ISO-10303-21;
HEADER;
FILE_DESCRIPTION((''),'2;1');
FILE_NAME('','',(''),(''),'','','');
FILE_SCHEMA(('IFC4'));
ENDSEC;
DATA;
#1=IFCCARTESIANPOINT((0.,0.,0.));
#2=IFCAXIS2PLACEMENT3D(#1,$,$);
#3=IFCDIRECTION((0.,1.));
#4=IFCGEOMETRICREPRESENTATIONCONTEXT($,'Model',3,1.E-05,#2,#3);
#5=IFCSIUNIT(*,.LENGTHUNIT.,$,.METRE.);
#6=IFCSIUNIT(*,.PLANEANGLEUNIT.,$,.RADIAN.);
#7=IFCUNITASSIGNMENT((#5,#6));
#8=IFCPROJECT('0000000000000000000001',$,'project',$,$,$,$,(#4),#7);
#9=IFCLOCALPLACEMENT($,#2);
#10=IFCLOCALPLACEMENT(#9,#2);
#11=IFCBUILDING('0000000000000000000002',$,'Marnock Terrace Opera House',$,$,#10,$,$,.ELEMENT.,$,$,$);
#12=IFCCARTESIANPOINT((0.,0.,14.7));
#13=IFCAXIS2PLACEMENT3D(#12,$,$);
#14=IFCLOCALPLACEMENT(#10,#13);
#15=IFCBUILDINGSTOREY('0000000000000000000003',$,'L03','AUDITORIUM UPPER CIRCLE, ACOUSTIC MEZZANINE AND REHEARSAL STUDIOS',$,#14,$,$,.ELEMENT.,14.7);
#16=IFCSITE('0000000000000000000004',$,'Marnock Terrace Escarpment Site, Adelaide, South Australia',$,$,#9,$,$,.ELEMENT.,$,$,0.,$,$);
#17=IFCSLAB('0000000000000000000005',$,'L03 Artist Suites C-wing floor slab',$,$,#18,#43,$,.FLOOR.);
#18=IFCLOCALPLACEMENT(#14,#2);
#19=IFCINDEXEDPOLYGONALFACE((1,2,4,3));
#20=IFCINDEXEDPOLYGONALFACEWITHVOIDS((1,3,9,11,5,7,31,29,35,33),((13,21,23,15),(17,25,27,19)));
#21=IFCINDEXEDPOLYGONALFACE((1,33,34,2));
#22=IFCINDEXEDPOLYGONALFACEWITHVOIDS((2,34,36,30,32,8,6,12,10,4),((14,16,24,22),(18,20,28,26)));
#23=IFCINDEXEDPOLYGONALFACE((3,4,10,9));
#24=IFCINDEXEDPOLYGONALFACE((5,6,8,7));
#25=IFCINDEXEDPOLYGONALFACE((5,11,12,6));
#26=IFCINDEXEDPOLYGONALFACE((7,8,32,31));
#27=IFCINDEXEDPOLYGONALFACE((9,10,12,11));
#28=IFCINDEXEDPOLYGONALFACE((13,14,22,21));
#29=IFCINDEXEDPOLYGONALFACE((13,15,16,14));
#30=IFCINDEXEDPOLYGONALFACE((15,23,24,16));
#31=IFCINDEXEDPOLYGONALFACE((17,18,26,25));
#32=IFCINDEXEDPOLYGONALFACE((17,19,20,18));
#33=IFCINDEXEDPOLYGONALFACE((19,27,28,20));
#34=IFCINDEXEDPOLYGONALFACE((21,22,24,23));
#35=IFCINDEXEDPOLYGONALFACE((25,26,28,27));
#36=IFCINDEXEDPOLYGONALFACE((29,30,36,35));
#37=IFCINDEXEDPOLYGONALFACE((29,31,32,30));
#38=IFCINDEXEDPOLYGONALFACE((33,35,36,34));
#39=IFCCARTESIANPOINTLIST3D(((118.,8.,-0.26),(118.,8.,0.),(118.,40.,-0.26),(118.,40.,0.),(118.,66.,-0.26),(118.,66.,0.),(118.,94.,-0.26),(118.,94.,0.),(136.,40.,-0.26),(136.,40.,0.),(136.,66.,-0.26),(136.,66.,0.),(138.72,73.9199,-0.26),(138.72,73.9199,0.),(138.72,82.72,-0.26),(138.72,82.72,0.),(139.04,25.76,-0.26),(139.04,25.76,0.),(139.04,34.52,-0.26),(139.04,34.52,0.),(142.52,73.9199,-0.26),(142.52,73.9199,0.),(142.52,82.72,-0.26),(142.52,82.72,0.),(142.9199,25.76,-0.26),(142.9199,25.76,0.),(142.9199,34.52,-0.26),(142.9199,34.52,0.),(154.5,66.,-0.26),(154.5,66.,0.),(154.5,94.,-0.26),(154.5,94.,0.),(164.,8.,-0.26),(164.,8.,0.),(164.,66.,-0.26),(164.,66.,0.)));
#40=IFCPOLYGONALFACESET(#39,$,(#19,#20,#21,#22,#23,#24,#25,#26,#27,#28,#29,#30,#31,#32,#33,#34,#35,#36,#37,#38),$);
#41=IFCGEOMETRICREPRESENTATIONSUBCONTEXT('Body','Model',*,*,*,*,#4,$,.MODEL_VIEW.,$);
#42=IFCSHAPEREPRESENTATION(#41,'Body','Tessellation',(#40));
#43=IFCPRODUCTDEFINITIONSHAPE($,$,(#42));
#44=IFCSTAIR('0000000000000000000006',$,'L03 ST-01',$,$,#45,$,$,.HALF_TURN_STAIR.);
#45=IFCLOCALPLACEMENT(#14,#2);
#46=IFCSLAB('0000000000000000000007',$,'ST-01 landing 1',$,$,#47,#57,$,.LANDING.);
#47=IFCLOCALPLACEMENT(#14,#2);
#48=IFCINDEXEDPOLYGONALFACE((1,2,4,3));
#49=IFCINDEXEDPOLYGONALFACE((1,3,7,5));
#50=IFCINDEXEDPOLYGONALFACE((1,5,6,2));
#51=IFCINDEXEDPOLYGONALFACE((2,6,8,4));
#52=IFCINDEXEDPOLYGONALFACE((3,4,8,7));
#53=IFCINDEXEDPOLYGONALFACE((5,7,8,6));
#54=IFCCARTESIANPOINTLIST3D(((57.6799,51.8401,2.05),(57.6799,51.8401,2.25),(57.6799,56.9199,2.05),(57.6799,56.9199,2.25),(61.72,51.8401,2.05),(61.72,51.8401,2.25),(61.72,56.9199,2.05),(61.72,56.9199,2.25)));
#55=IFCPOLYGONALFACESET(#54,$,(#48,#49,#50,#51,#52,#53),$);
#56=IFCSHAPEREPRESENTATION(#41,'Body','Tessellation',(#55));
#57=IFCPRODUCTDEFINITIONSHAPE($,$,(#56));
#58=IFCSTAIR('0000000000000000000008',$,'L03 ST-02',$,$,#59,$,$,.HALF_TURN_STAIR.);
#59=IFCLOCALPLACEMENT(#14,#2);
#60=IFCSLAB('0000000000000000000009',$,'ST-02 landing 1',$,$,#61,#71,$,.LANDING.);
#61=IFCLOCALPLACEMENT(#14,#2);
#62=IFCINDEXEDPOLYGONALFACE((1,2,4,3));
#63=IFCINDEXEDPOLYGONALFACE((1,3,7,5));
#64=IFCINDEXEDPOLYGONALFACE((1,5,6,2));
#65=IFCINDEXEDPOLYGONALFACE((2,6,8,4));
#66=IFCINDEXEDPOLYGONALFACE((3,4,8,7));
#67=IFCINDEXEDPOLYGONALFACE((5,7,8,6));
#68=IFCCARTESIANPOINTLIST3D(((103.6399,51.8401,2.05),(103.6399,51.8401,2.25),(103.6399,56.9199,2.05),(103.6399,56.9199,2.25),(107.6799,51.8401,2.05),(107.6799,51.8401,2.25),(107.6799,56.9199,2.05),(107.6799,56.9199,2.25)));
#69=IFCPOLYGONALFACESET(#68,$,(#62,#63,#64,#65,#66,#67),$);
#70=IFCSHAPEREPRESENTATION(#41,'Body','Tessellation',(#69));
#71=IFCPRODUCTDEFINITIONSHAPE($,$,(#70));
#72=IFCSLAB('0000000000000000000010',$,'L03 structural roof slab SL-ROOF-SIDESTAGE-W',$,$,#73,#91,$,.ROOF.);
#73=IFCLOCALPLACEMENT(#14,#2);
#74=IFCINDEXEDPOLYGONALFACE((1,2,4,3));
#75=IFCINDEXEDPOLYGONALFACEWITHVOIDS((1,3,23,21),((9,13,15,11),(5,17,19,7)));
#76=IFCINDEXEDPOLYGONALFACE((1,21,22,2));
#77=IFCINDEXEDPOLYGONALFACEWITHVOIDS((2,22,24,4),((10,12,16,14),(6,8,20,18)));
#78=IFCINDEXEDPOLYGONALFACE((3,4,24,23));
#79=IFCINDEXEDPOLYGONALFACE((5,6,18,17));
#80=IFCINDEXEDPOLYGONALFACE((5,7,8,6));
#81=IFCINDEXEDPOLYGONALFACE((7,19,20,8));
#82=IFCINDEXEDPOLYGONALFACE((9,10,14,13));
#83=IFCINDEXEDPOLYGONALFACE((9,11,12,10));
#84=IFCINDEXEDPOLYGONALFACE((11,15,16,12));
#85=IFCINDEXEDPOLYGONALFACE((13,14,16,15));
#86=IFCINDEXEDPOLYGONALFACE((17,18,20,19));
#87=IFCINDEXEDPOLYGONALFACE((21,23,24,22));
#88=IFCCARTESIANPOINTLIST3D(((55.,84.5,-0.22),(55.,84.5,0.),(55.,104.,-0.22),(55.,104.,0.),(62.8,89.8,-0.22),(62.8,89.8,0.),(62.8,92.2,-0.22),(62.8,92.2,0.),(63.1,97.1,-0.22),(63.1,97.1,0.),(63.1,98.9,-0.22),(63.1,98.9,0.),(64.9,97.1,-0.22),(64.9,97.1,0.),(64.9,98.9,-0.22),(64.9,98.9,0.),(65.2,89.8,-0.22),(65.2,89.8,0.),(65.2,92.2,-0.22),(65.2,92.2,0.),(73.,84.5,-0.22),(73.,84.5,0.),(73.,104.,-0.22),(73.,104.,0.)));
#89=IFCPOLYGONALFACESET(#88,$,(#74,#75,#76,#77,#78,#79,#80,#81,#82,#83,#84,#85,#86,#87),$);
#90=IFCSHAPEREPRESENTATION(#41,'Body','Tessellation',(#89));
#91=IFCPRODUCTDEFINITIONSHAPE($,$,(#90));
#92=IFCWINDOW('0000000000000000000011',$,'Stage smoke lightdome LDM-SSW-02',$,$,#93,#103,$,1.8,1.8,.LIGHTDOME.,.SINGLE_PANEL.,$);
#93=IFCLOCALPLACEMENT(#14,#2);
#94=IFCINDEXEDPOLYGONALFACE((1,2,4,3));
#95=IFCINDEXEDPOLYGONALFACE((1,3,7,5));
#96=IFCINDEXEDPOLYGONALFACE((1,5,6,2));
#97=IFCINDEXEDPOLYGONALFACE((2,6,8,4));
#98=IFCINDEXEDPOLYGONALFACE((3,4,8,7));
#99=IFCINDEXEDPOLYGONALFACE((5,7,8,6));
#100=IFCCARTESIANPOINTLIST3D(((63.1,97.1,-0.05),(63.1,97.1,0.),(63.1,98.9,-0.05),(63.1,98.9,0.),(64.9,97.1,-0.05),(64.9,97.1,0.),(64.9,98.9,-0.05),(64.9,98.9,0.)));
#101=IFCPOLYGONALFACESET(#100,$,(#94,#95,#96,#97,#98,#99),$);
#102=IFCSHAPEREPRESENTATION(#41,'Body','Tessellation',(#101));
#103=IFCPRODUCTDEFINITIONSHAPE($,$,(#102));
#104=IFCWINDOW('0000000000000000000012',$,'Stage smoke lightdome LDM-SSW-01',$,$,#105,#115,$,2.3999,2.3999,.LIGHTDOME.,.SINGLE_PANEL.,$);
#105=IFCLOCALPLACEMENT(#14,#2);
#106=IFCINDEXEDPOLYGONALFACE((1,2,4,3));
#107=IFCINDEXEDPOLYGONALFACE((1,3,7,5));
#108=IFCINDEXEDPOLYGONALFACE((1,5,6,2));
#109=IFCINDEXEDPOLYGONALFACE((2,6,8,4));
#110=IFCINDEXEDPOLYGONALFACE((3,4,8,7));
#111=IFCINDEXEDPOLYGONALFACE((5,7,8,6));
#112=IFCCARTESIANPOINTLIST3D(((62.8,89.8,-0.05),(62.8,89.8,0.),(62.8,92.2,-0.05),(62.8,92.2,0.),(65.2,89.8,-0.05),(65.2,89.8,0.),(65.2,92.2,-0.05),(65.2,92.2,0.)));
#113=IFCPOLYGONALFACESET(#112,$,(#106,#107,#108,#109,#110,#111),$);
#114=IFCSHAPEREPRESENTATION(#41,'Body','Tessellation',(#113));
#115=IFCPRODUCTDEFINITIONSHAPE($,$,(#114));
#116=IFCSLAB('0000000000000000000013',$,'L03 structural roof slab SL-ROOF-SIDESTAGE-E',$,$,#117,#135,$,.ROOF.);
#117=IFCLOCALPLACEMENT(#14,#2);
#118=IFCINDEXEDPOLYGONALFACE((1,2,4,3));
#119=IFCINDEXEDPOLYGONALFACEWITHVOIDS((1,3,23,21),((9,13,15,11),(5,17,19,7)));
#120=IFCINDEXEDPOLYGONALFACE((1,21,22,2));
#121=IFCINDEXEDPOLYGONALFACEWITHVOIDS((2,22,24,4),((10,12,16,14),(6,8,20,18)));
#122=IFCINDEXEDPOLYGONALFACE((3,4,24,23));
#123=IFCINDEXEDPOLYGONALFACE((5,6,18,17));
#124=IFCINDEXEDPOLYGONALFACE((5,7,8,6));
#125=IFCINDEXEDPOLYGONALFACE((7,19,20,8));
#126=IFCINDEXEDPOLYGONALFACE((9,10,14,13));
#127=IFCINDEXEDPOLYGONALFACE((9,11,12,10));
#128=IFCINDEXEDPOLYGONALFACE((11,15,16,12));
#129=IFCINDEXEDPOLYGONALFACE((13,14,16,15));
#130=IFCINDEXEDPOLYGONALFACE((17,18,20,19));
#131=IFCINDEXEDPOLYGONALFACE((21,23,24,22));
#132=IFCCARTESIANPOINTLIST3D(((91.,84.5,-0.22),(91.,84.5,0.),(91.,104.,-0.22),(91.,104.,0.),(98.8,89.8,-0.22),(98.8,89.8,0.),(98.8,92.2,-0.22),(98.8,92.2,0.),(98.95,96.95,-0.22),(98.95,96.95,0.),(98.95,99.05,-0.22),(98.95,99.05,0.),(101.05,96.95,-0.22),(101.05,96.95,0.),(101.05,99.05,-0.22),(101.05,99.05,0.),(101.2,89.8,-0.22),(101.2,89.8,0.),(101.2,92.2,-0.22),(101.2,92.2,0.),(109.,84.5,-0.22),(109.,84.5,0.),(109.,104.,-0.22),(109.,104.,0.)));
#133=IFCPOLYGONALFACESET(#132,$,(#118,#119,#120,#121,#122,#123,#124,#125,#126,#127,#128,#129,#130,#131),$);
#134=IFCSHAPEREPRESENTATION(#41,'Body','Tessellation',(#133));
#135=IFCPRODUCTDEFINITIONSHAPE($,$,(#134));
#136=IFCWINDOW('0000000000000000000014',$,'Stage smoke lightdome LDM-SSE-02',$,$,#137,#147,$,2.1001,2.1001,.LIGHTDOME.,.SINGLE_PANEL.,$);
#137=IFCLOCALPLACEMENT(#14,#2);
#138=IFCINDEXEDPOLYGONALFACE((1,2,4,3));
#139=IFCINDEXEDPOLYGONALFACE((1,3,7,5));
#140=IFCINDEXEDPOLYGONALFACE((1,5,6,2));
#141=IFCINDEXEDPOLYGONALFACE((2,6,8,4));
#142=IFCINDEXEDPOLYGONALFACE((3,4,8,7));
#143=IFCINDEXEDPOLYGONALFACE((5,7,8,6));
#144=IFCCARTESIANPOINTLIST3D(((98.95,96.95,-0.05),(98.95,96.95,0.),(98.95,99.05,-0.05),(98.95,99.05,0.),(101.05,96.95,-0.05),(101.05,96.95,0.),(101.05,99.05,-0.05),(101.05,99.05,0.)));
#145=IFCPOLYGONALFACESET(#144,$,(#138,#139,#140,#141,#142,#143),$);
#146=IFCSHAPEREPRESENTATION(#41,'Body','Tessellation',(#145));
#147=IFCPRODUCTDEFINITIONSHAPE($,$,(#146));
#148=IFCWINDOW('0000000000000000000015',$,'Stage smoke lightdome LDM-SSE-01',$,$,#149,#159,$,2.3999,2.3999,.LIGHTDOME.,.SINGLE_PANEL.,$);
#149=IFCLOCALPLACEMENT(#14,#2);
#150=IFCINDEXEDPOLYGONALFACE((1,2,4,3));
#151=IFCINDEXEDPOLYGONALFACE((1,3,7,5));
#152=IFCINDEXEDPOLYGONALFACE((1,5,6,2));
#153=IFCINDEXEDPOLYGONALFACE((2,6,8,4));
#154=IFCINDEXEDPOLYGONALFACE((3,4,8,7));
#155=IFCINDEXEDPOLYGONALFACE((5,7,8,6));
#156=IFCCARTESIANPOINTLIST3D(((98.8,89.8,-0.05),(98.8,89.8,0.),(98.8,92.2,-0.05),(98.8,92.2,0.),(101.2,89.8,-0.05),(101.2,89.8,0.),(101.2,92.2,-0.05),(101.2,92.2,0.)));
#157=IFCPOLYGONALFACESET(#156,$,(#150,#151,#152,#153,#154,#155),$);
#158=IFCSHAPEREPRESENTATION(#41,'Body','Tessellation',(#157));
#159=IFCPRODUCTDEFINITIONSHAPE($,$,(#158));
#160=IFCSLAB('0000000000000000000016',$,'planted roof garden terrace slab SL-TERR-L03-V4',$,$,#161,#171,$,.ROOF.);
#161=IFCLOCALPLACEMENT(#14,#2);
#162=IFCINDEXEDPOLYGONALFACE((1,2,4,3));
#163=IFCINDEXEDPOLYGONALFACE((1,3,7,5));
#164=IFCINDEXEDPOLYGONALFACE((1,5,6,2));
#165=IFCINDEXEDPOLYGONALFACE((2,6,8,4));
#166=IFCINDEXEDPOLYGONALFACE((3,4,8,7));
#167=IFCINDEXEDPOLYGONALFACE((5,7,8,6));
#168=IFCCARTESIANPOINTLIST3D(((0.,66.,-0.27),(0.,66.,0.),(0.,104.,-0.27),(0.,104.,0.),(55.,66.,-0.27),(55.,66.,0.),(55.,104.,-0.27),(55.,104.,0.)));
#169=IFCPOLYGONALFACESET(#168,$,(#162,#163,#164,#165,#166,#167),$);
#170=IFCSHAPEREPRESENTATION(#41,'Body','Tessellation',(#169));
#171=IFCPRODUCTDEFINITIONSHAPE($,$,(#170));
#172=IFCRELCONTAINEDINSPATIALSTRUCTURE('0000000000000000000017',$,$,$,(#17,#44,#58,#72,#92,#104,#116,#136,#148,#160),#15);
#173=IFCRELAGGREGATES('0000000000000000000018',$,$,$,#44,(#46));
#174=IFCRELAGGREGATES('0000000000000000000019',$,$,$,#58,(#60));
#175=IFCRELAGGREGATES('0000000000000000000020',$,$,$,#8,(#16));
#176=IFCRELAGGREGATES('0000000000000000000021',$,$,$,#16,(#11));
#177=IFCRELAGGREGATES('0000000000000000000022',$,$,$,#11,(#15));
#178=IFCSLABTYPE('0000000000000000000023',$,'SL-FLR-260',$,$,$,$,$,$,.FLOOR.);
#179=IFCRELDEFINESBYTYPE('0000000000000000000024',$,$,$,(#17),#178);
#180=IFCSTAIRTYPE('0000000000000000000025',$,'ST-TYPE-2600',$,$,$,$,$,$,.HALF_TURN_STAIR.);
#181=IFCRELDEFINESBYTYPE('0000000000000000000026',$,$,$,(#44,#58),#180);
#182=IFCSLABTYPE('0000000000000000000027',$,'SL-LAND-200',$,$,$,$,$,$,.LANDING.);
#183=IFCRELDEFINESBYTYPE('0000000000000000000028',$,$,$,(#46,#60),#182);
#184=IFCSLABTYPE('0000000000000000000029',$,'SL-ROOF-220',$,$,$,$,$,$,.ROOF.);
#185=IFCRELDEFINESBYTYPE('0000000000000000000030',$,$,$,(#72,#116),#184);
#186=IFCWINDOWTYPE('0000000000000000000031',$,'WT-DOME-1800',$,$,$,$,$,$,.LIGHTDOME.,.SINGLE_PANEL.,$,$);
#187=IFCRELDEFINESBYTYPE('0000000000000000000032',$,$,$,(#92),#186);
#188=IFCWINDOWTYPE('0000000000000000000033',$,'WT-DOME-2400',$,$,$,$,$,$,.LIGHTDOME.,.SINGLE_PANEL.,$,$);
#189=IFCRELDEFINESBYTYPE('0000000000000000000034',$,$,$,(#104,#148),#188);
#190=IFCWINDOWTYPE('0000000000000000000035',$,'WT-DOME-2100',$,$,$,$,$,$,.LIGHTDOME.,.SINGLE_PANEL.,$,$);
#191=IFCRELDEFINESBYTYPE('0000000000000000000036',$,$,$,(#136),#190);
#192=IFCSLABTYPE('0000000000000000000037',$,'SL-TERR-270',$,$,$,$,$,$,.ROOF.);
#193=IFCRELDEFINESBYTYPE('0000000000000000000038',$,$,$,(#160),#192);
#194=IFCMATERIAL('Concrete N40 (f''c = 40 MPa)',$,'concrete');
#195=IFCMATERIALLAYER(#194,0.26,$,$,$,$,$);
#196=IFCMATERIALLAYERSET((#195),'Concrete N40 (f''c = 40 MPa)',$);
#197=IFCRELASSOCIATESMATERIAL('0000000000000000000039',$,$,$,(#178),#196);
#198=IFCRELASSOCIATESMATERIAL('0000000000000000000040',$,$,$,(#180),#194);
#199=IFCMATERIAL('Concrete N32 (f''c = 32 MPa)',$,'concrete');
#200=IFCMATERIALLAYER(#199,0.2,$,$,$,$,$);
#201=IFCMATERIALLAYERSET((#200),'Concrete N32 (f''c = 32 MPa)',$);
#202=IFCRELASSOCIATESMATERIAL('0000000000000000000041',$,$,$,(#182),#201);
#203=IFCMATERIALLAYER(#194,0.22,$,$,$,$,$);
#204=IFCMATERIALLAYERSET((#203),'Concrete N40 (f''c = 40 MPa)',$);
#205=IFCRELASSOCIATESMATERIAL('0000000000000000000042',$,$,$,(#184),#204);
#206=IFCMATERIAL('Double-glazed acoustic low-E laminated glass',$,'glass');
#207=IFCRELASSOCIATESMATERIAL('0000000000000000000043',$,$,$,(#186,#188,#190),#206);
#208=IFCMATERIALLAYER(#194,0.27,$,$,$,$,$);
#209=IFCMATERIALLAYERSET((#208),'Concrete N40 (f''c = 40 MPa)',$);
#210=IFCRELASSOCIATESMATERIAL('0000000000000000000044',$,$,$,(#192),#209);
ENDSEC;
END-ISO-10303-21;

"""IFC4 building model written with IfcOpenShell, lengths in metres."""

from ifc_helpers import new_model, si_unit, direction, frame, origin, origin_2d, place, context, subcontext, project, spatial, polyline, rectangle, outline, extrude, material, layer, layer_set, type_object, element, fill, aggregate, save


model = new_model("IFC4")

# Units and contexts
model_context = context("Model", 3, precision=1e-05, world=origin(), true_north=direction((0.0, 1.0)))
body_context = subcontext(model_context, "Body", "Model", "MODEL_VIEW")
ifc_project = project(units=[si_unit("LENGTHUNIT", "METRE"), si_unit("PLANEANGLEUNIT", "RADIAN")], contexts=[model_context])

# Site, building, storey
site_placement = place(None, origin())
site = spatial("IfcSite", under=ifc_project, at=site_placement, Name="Marnock Terrace Escarpment Site, Adelaide, South Australia", CompositionType="ELEMENT", RefElevation=0.0)
building_placement = place(site_placement, origin())
building = spatial("IfcBuilding", under=site, at=building_placement, Name="Marnock Terrace Opera House", CompositionType="ELEMENT")
storey_placement = place(building_placement, frame((0.0, 0.0, 14.7)))
storey = spatial("IfcBuildingStorey", under=building, at=storey_placement, Name="L03", Description="AUDITORIUM UPPER CIRCLE, ACOUSTIC MEZZANINE AND REHEARSAL STUDIOS", CompositionType="ELEMENT", Elevation=14.7)

# Slab
ifc_material_1 = material(Name="Concrete N40 (f'c = 40 MPa)", Category="concrete")
ifc_layer_1 = layer(ifc_material_1, 0.26)
ifc_layer_set_1 = layer_set([ifc_layer_1], Name="Concrete N40 (f'c = 40 MPa)")
slab_type_1 = type_object("IfcSlabType", Name="SL-FLR-260", PredefinedType="FLOOR", material=ifc_layer_set_1)
slab_1_placement = place(storey_placement, frame((0.0, 0.0, -0.26)))
element("IfcSlab", 1, at=slab_1_placement, inside=storey, type_object=slab_type_1, Name="L03 Artist Suites C-wing floor slab", PredefinedType="FLOOR", context=body_context, shape_type="SweptSolid", body=[
    extrude(outline(polyline([(118.0, 8.0), (164.0, 8.0), (164.0, 66.0), (154.5, 66.0), (154.5, 94.0), (118.0, 94.0), (118.0, 66.0), (136.0, 66.0), (136.0, 40.0), (118.0, 40.0), (118.0, 8.0)]), holes=[polyline([(142.9199, 25.76), (142.9199, 34.52), (139.04, 34.52), (139.04, 25.76), (142.9199, 25.76)]), polyline([(142.52, 73.9199), (142.52, 82.72), (138.72, 82.72), (138.72, 73.9199), (142.52, 73.9199)])]), origin(), (0.0, 0.0, 1.0), 0.26),
])

# Stairs, slabs
stair_type = type_object("IfcStairType", Name="ST-TYPE-2600", PredefinedType="HALF_TURN_STAIR", material=ifc_material_1)
stair_1_placement = place(storey_placement, origin())
stair_1 = element("IfcStair", 2, at=stair_1_placement, inside=storey, type_object=stair_type, Name="L03 ST-01", PredefinedType="HALF_TURN_STAIR")
ifc_material_2 = material(Name="Concrete N32 (f'c = 32 MPa)", Category="concrete")
ifc_layer_2 = layer(ifc_material_2, 0.2)
ifc_layer_set_2 = layer_set([ifc_layer_2], Name="Concrete N32 (f'c = 32 MPa)")
slab_type_2 = type_object("IfcSlabType", Name="SL-LAND-200", PredefinedType="LANDING", material=ifc_layer_set_2)
slab_2_placement = place(storey_placement, frame((0.0, 0.0, 2.05)))
slab_2 = element("IfcSlab", 3, at=slab_2_placement, type_object=slab_type_2, Name="ST-01 landing 1", PredefinedType="LANDING", context=body_context, shape_type="SweptSolid", body=[
    extrude(outline(polyline([(61.72, 51.8401), (61.72, 56.9199), (57.6799, 56.9199), (57.6799, 51.8401), (61.72, 51.8401)])), origin(), (0.0, 0.0, 1.0), 0.2),
])
aggregate(stair_1, [slab_2])
stair_2_placement = place(storey_placement, origin())
stair_2 = element("IfcStair", 4, at=stair_2_placement, inside=storey, type_object=stair_type, Name="L03 ST-02", PredefinedType="HALF_TURN_STAIR")
slab_3_placement = place(storey_placement, frame((0.0, 0.0, 2.05)))
slab_3 = element("IfcSlab", 5, at=slab_3_placement, type_object=slab_type_2, Name="ST-02 landing 1", PredefinedType="LANDING", context=body_context, shape_type="SweptSolid", body=[
    extrude(outline(polyline([(107.6799, 51.8401), (107.6799, 56.9199), (103.6399, 56.9199), (103.6399, 51.8401), (107.6799, 51.8401)])), origin(), (0.0, 0.0, 1.0), 0.2),
])
aggregate(stair_2, [slab_3])

# Slabs, openings, windows
ifc_layer_3 = layer(ifc_material_1, 0.22)
ifc_layer_set_3 = layer_set([ifc_layer_3], Name="Concrete N40 (f'c = 40 MPa)")
slab_type_3 = type_object("IfcSlabType", Name="SL-ROOF-220", PredefinedType="ROOF", material=ifc_layer_set_3)
slab_4_placement = place(storey_placement, frame((0.0, 0.0, -0.22)))
slab_4 = element("IfcSlab", 6, at=slab_4_placement, inside=storey, type_object=slab_type_3, Name="L03 structural roof slab SL-ROOF-SIDESTAGE-W", PredefinedType="ROOF", context=body_context, shape_type="SweptSolid", body=[
    extrude(outline(polyline([(55.0, 84.5), (73.0, 84.5), (73.0, 104.0), (55.0, 104.0), (55.0, 84.5)])), origin(), (0.0, 0.0, 1.0), 0.22),
])
opening_1_placement = place(slab_4_placement, frame((64.0, 91.0, 0.0)))
opening_1 = element("IfcOpeningElement", 7, at=opening_1_placement, cuts=slab_4, PredefinedType="OPENING", context=body_context, shape_type="SweptSolid", body=[
    extrude(rectangle(XDim=2.3999, YDim=2.3999, at=origin_2d()), frame((0.0, 0.0, -0.01)), (0.0, 0.0, 1.0), 0.24),
])
opening_2_placement = place(slab_4_placement, frame((64.0, 98.0, 0.0)))
opening_2 = element("IfcOpeningElement", 8, at=opening_2_placement, cuts=slab_4, PredefinedType="OPENING", context=body_context, shape_type="SweptSolid", body=[
    extrude(rectangle(XDim=1.8, YDim=1.8, at=origin_2d()), frame((0.0, 0.0, -0.01)), (0.0, 0.0, 1.0), 0.24),
])
ifc_material_3 = material(Name="Double-glazed acoustic low-E laminated glass", Category="glass")
window_type_1 = type_object("IfcWindowType", Name="WT-DOME-1800", PartitioningType="SINGLE_PANEL", PredefinedType="LIGHTDOME", material=ifc_material_3)
window_1_placement = place(opening_2_placement, frame((0.0, 0.0, 0.1699)))
window_1 = element("IfcWindow", 9, at=window_1_placement, inside=storey, type_object=window_type_1, Name="Stage smoke lightdome LDM-SSW-02", OverallHeight=1.8, OverallWidth=1.8, PartitioningType="SINGLE_PANEL", PredefinedType="LIGHTDOME", context=body_context, shape_type="SweptSolid", body=[
    extrude(rectangle(XDim=1.8, YDim=1.8, at=origin_2d()), origin(), (0.0, 0.0, 1.0), 0.05),
])
fill(opening_2, window_1)
window_type_2 = type_object("IfcWindowType", Name="WT-DOME-2400", PartitioningType="SINGLE_PANEL", PredefinedType="LIGHTDOME", material=ifc_material_3)
window_2_placement = place(opening_1_placement, frame((0.0, 0.0, 0.1699)))
window_2 = element("IfcWindow", 10, at=window_2_placement, inside=storey, type_object=window_type_2, Name="Stage smoke lightdome LDM-SSW-01", OverallHeight=2.3999, OverallWidth=2.3999, PartitioningType="SINGLE_PANEL", PredefinedType="LIGHTDOME", context=body_context, shape_type="SweptSolid", body=[
    extrude(rectangle(XDim=2.3999, YDim=2.3999, at=origin_2d()), origin(), (0.0, 0.0, 1.0), 0.05),
])
fill(opening_1, window_2)
slab_5_placement = place(storey_placement, frame((0.0, 0.0, -0.22)))
slab_5 = element("IfcSlab", 11, at=slab_5_placement, inside=storey, type_object=slab_type_3, Name="L03 structural roof slab SL-ROOF-SIDESTAGE-E", PredefinedType="ROOF", context=body_context, shape_type="SweptSolid", body=[
    extrude(outline(polyline([(91.0, 84.5), (109.0, 84.5), (109.0, 104.0), (91.0, 104.0), (91.0, 84.5)])), origin(), (0.0, 0.0, 1.0), 0.22),
])
opening_3_placement = place(slab_5_placement, frame((100.0, 91.0, 0.0)))
opening_3 = element("IfcOpeningElement", 12, at=opening_3_placement, cuts=slab_5, PredefinedType="OPENING", context=body_context, shape_type="SweptSolid", body=[
    extrude(rectangle(XDim=2.3999, YDim=2.3999, at=origin_2d()), frame((0.0, 0.0, -0.01)), (0.0, 0.0, 1.0), 0.24),
])
opening_4_placement = place(slab_5_placement, frame((100.0, 98.0, 0.0)))
opening_4 = element("IfcOpeningElement", 13, at=opening_4_placement, cuts=slab_5, PredefinedType="OPENING", context=body_context, shape_type="SweptSolid", body=[
    extrude(rectangle(XDim=2.1001, YDim=2.1001, at=origin_2d()), frame((0.0, 0.0, -0.01)), (0.0, 0.0, 1.0), 0.24),
])
window_type_3 = type_object("IfcWindowType", Name="WT-DOME-2100", PartitioningType="SINGLE_PANEL", PredefinedType="LIGHTDOME", material=ifc_material_3)
window_3_placement = place(opening_4_placement, frame((0.0, 0.0, 0.1699)))
window_3 = element("IfcWindow", 14, at=window_3_placement, inside=storey, type_object=window_type_3, Name="Stage smoke lightdome LDM-SSE-02", OverallHeight=2.1001, OverallWidth=2.1001, PartitioningType="SINGLE_PANEL", PredefinedType="LIGHTDOME", context=body_context, shape_type="SweptSolid", body=[
    extrude(rectangle(XDim=2.1001, YDim=2.1001, at=origin_2d()), origin(), (0.0, 0.0, 1.0), 0.05),
])
fill(opening_4, window_3)
window_4_placement = place(opening_3_placement, frame((0.0, 0.0, 0.1699)))
window_4 = element("IfcWindow", 15, at=window_4_placement, inside=storey, type_object=window_type_2, Name="Stage smoke lightdome LDM-SSE-01", OverallHeight=2.3999, OverallWidth=2.3999, PartitioningType="SINGLE_PANEL", PredefinedType="LIGHTDOME", context=body_context, shape_type="SweptSolid", body=[
    extrude(rectangle(XDim=2.3999, YDim=2.3999, at=origin_2d()), origin(), (0.0, 0.0, 1.0), 0.05),
])
fill(opening_3, window_4)

# Slab
ifc_layer_4 = layer(ifc_material_1, 0.27)
ifc_layer_set_4 = layer_set([ifc_layer_4], Name="Concrete N40 (f'c = 40 MPa)")
slab_type_4 = type_object("IfcSlabType", Name="SL-TERR-270", PredefinedType="ROOF", material=ifc_layer_set_4)
slab_6_placement = place(storey_placement, frame((0.0, 0.0, -0.27)))
element("IfcSlab", 16, at=slab_6_placement, inside=storey, type_object=slab_type_4, Name="planted roof garden terrace slab SL-TERR-L03-V4", PredefinedType="ROOF", context=body_context, shape_type="SweptSolid", body=[
    extrude(outline(polyline([(0.0, 66.0), (55.0, 66.0), (55.0, 104.0), (0.0, 104.0), (0.0, 66.0)])), origin(), (0.0, 0.0, 1.0), 0.27),
])

save(model, "model.ifc")
